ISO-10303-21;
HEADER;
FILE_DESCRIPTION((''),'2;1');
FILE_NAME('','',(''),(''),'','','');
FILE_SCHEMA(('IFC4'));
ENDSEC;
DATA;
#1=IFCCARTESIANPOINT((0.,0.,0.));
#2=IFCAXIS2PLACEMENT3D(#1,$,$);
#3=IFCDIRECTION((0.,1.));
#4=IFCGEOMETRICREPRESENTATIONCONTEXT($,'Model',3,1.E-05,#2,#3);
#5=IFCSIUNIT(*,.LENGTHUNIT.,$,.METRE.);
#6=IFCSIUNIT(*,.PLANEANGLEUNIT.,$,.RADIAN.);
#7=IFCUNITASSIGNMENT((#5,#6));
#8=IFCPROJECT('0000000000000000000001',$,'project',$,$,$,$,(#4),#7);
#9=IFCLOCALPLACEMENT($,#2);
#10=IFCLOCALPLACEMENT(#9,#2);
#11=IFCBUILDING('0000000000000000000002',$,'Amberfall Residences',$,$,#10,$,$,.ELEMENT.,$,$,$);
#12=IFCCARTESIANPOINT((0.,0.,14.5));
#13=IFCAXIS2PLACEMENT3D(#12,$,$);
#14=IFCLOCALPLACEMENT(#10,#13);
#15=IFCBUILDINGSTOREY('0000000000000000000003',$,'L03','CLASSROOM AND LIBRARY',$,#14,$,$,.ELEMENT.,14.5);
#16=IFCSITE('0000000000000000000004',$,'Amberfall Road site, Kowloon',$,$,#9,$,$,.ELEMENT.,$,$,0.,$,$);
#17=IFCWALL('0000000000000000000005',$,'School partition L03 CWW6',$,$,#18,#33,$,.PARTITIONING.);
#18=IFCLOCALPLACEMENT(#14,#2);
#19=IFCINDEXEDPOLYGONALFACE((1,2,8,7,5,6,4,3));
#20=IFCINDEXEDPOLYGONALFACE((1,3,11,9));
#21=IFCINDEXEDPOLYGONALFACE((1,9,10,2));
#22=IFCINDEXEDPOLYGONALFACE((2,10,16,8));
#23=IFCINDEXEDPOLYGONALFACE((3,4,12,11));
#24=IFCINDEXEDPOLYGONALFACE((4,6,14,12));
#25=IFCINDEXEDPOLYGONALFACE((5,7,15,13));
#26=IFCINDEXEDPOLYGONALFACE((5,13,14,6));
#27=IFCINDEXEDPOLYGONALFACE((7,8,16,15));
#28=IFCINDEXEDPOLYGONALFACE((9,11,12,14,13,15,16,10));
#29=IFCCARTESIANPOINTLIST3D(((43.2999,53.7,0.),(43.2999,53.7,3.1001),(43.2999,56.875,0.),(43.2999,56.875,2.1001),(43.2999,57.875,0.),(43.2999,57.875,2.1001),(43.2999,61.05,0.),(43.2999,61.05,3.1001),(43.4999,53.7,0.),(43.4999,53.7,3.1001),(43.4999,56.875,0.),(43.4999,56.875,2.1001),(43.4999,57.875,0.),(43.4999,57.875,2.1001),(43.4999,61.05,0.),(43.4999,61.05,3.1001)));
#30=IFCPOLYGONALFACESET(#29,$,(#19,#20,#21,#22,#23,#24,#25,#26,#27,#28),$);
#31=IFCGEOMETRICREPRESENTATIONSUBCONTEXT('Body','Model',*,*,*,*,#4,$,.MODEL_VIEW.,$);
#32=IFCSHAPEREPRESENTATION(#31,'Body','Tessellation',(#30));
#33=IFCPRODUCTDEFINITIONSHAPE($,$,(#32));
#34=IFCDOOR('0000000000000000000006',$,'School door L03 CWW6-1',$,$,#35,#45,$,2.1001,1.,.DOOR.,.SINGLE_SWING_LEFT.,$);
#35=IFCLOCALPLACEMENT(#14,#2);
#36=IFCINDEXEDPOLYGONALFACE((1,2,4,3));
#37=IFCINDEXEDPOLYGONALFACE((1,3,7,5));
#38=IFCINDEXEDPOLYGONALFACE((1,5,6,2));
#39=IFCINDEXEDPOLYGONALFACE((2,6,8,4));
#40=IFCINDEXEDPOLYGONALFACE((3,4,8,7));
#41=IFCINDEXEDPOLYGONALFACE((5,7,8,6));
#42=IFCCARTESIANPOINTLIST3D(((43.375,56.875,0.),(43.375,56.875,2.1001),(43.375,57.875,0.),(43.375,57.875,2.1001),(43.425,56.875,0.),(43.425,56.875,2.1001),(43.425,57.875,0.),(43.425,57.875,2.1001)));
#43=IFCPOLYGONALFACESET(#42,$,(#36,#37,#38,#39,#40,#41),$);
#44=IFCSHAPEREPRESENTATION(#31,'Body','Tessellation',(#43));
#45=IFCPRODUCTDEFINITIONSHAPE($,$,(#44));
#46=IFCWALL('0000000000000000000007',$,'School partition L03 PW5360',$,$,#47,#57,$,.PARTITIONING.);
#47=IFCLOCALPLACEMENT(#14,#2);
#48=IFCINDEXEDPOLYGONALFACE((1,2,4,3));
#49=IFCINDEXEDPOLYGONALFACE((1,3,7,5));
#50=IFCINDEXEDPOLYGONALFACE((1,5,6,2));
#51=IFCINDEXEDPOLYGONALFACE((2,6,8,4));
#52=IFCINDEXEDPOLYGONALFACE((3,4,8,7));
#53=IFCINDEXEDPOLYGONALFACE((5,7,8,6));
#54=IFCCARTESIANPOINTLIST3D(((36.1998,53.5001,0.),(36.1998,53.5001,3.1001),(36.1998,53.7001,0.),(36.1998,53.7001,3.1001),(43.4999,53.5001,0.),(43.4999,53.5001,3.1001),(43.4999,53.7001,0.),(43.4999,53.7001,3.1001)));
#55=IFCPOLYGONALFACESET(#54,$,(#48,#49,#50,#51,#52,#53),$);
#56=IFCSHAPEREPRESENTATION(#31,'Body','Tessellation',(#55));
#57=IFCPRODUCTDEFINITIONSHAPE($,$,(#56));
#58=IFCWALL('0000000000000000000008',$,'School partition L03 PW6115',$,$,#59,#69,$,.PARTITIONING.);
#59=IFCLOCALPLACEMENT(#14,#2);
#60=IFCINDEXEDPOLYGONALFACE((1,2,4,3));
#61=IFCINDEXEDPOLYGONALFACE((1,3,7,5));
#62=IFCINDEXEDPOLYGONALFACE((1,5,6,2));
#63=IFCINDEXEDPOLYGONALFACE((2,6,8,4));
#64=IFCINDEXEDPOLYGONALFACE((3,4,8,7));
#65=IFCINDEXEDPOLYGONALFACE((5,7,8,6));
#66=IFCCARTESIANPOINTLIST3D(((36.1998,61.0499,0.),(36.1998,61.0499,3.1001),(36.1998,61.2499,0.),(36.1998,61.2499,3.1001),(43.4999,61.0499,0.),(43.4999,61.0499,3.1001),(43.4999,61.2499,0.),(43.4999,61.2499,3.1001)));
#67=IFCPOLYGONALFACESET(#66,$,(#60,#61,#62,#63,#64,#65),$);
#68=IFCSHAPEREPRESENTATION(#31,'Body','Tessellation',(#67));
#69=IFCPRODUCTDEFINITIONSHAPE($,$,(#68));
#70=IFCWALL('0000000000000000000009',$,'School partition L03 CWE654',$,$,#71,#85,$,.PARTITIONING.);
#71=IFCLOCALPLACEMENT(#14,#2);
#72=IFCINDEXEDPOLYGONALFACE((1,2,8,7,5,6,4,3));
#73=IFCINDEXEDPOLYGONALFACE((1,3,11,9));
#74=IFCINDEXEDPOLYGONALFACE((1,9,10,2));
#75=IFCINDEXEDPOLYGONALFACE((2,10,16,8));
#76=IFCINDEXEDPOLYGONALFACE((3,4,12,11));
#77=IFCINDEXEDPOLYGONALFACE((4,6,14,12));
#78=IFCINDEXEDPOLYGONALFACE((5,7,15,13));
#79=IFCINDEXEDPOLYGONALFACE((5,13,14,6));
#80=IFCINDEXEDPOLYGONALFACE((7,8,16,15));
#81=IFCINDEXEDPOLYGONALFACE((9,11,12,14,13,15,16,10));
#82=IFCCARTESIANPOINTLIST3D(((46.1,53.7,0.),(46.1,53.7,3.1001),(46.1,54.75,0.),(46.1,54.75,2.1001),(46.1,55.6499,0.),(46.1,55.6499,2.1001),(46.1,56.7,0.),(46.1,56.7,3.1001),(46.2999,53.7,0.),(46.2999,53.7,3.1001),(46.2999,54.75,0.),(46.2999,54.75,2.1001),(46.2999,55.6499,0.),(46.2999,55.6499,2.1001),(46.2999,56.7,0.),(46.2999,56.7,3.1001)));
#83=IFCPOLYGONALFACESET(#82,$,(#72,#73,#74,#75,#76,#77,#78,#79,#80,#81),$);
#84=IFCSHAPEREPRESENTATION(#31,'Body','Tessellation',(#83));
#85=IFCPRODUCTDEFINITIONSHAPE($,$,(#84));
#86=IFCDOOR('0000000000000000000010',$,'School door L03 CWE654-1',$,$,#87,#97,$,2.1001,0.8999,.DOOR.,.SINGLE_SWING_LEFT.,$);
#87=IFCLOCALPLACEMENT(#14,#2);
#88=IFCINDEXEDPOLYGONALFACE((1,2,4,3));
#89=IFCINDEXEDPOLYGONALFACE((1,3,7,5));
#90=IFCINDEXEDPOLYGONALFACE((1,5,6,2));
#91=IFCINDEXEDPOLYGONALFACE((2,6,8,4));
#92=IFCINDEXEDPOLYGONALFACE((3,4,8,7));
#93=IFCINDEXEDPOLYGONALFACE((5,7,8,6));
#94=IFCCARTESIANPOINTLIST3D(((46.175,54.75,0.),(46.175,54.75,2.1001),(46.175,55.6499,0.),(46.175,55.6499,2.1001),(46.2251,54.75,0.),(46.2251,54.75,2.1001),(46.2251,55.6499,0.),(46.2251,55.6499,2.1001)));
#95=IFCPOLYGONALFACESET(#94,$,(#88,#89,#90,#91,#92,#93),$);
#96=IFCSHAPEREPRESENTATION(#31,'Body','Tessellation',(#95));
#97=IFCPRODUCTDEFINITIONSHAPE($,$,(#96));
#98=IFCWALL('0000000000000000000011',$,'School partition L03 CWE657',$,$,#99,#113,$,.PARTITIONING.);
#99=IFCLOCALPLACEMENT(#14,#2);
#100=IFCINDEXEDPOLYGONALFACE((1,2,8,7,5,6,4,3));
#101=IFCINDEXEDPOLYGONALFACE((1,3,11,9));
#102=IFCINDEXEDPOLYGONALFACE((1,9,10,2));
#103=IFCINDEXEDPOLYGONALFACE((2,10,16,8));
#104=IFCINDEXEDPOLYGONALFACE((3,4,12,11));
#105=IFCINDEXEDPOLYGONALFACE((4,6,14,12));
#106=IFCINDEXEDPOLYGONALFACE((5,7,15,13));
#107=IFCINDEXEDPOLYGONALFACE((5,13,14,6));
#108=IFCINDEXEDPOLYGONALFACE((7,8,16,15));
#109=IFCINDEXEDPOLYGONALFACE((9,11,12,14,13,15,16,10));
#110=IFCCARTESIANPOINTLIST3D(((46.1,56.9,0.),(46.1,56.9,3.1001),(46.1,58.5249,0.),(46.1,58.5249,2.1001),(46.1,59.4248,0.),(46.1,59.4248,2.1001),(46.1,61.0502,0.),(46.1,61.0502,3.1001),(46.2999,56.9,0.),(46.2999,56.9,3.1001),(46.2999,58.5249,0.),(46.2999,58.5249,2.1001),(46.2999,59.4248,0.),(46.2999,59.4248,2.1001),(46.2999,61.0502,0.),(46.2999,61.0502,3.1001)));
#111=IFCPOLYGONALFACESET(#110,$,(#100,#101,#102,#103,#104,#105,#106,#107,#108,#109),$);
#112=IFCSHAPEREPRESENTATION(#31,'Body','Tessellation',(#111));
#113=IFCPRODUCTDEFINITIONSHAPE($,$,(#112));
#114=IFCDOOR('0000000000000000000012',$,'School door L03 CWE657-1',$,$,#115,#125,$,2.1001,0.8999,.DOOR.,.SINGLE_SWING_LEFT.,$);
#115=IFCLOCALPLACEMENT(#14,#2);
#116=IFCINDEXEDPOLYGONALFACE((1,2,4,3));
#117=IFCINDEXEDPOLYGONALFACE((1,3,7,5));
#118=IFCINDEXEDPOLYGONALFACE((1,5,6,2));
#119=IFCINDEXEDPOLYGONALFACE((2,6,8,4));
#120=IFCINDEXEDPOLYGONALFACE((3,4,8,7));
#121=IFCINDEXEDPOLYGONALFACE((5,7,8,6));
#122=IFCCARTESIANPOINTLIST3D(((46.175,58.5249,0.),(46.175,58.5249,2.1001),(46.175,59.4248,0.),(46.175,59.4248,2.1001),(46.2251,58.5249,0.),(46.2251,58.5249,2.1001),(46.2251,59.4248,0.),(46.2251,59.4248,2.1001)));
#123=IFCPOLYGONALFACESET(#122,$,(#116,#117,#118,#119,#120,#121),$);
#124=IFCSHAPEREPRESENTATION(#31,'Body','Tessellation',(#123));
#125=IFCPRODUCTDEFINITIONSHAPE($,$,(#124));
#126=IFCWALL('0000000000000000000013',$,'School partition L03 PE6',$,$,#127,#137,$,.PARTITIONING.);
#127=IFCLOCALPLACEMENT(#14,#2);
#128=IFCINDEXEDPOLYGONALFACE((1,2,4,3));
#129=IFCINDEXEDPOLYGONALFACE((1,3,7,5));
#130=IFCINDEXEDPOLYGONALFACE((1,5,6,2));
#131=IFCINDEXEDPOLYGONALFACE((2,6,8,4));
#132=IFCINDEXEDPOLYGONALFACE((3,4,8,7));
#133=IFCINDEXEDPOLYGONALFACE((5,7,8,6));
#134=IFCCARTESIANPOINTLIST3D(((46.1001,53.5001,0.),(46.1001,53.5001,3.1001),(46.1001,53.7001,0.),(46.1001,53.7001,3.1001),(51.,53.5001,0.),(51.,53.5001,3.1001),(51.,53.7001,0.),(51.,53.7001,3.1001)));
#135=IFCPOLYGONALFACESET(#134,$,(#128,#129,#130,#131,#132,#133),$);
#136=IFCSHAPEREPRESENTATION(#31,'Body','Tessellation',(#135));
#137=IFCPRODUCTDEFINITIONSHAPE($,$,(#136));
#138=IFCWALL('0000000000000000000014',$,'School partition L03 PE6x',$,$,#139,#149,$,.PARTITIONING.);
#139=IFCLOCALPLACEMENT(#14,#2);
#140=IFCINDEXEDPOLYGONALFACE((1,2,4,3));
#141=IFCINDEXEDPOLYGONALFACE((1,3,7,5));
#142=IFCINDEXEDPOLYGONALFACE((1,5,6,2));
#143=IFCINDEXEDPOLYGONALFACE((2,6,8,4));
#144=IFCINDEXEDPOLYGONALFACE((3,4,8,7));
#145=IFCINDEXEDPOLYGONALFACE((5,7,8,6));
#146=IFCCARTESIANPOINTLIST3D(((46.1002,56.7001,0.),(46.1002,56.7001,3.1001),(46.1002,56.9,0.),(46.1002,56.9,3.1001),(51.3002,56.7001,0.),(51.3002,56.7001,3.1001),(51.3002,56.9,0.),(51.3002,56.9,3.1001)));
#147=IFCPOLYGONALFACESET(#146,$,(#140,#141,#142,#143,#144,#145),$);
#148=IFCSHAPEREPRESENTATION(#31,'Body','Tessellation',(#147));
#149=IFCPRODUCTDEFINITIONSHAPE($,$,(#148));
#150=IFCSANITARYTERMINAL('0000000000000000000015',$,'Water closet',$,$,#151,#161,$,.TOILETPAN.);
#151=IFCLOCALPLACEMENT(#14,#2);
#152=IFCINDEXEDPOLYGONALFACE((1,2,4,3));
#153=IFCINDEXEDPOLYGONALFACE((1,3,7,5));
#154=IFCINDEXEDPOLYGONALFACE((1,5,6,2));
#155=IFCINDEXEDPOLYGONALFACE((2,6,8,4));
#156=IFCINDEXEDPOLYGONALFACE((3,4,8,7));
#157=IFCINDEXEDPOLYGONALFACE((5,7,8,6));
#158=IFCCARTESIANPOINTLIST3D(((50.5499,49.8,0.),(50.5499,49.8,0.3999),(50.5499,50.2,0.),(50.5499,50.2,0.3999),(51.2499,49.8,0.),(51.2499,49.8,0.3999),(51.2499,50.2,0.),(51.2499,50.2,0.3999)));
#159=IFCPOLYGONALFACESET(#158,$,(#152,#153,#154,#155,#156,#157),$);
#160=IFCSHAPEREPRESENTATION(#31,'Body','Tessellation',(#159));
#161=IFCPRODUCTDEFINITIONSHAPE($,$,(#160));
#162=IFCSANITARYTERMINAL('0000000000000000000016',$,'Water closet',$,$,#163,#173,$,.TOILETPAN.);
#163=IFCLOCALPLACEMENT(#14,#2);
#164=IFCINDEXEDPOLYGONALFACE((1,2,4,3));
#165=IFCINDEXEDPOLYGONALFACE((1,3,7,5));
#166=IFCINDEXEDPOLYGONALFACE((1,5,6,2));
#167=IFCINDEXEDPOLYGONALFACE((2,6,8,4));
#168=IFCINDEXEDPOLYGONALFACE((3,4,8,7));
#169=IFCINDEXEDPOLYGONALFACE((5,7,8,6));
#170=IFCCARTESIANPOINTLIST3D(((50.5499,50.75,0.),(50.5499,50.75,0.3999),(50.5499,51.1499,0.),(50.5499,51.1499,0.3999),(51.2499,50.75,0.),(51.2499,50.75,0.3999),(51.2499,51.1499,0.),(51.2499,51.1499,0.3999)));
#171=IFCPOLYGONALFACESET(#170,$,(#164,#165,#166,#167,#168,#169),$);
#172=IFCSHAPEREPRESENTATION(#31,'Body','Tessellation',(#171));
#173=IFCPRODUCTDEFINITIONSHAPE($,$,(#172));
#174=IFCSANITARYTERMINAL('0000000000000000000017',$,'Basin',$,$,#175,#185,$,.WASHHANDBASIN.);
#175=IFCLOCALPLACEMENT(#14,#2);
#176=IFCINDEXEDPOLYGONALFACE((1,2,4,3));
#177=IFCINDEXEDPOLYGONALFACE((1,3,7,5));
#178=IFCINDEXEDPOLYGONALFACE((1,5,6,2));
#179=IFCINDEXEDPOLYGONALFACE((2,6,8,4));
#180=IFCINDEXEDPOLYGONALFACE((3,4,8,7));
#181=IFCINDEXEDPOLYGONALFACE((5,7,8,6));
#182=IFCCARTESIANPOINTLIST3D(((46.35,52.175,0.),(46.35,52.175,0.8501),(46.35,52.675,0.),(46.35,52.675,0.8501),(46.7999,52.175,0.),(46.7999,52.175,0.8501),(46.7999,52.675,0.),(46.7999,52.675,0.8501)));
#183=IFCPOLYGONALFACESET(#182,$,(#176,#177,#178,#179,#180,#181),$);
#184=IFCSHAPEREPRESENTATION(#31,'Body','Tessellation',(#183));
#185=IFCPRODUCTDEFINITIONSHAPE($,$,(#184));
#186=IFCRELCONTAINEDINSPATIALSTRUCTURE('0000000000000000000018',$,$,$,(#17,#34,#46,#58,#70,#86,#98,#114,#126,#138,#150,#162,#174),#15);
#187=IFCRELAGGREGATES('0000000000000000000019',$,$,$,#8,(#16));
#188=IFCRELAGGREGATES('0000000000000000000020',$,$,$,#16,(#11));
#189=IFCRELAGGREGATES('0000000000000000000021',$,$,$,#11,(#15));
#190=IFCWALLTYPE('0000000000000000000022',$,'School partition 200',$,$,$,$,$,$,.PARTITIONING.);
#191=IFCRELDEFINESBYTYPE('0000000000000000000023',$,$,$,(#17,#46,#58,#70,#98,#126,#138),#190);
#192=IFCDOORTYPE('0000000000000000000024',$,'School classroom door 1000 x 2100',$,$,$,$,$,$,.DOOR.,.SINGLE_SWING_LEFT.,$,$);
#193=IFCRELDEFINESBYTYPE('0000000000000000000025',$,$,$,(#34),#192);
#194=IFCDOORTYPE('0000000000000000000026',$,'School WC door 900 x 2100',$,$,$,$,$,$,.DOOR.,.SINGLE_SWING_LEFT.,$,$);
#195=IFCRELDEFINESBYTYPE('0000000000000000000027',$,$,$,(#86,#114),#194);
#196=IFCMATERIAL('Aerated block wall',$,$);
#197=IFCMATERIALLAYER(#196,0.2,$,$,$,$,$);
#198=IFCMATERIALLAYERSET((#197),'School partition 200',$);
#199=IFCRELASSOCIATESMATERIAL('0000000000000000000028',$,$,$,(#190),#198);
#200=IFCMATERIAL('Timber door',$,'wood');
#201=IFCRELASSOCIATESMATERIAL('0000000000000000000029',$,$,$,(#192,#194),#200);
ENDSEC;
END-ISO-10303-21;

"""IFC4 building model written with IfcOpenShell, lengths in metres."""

from ifc_helpers import new_model, si_unit, direction, frame, frame_2d, origin, origin_2d, place, context, subcontext, project, spatial, rectangle, extrude, material, layer, layer_set, type_object, element, fill, save


model = new_model("IFC4")

# Units and contexts
model_context = context("Model", 3, precision=1e-05, world=origin(), true_north=direction((0.0, 1.0)))
body_context = subcontext(model_context, "Body", "Model", "MODEL_VIEW")
ifc_project = project(units=[si_unit("LENGTHUNIT", "METRE"), si_unit("PLANEANGLEUNIT", "RADIAN")], contexts=[model_context])

# Site, building, storey
site_placement = place(None, origin())
site = spatial("IfcSite", under=ifc_project, at=site_placement, Name="Amberfall Road site, Kowloon", CompositionType="ELEMENT", RefElevation=0.0)
building_placement = place(site_placement, origin())
building = spatial("IfcBuilding", under=site, at=building_placement, Name="Amberfall Residences", CompositionType="ELEMENT")
storey_placement = place(building_placement, frame((0.0, 0.0, 14.5)))
storey = spatial("IfcBuildingStorey", under=building, at=storey_placement, Name="L03", Description="CLASSROOM AND LIBRARY", CompositionType="ELEMENT", Elevation=14.5)

# Shared definitions
ifc_material_1 = material(Name="Aerated block wall")

# Wall, opening, door
ifc_layer_1 = layer(ifc_material_1, 0.2)
ifc_layer_set_1 = layer_set([ifc_layer_1], Name="School partition 200")
wall_type_1 = type_object("IfcWallType", Name="School partition 200", PredefinedType="PARTITIONING", material=ifc_layer_set_1)
wall_1_placement = place(storey_placement, frame((43.3999, 53.7, 0.0), z_axis=(0.0, 0.0, 1.0), x_axis=(0.0, 1.0, 0.0)))
wall_1 = element("IfcWall", 1, at=wall_1_placement, inside=storey, type_object=wall_type_1, Name="School partition L03 CWW6", PredefinedType="PARTITIONING", context=body_context, shape_type="SweptSolid", body=[
    extrude(rectangle(XDim=7.3501, YDim=0.2, at=frame_2d((3.675, 0.0))), origin(), (0.0, 0.0, 1.0), 3.1001),
])
opening_1_placement = place(wall_1_placement, frame((3.175, 0.0, 0.0)))
opening_1 = element("IfcOpeningElement", 2, at=opening_1_placement, cuts=wall_1, PredefinedType="OPENING", context=body_context, shape_type="SweptSolid", body=[
    extrude(rectangle(XDim=1.0, YDim=2.1001, at=frame_2d((0.5, 1.05))), frame((0.0, 0.1099, 0.0), z_axis=(0.0, -1.0, 0.0), x_axis=(1.0, 0.0, 0.0)), (0.0, 0.0, 1.0), 0.22),
])
ifc_material_2 = material(Name="Timber door", Category="wood")
door_type_1 = type_object("IfcDoorType", Name="School classroom door 1000 x 2100", OperationType="SINGLE_SWING_LEFT", PredefinedType="DOOR", material=ifc_material_2)
door_1_placement = place(opening_1_placement, origin())
door_1 = element("IfcDoor", 3, at=door_1_placement, inside=storey, type_object=door_type_1, Name="School door L03 CWW6-1", OperationType="SINGLE_SWING_LEFT", OverallHeight=2.1001, OverallWidth=1.0, PredefinedType="DOOR", context=body_context, shape_type="SweptSolid", body=[
    extrude(rectangle(XDim=1.0, YDim=2.1001, at=frame_2d((0.5, 1.05))), frame((0.0, 0.0249, 0.0), z_axis=(0.0, -1.0, 0.0), x_axis=(1.0, 0.0, 0.0)), (0.0, 0.0, 1.0), 0.05),
])
fill(opening_1, door_1)

# Walls
for number, where, z_axis, x_axis, name in (
    (4, (36.2, 53.6001, 0.0), (0.0, 0.0, 1.0), (1.0, 0.0, 0.0), "School partition L03 PW5360"),
    (5, (36.2, 61.1499, 0.0), (0.0, 0.0, 1.0), (1.0, 0.0, 0.0), "School partition L03 PW6115"),
):
    element("IfcWall", number, at=place(storey_placement, frame(where, z_axis=z_axis, x_axis=x_axis)), inside=storey, type_object=wall_type_1, Name=name, PredefinedType="PARTITIONING", context=body_context, shape_type="SweptSolid", body=[
        extrude(rectangle(XDim=7.3, YDim=0.2, at=frame_2d((3.6499, 0.0))), origin(), (0.0, 0.0, 1.0), 3.1001),
    ])

# Walls, openings, doors
wall_2_placement = place(storey_placement, frame((46.2, 53.7, 0.0), z_axis=(0.0, 0.0, 1.0), x_axis=(0.0, 1.0, 0.0)))
wall_2 = element("IfcWall", 6, at=wall_2_placement, inside=storey, type_object=wall_type_1, Name="School partition L03 CWE654", PredefinedType="PARTITIONING", context=body_context, shape_type="SweptSolid", body=[
    extrude(rectangle(XDim=3.0, YDim=0.2, at=frame_2d((1.5, 0.0))), origin(), (0.0, 0.0, 1.0), 3.1001),
])
opening_2_placement = place(wall_2_placement, frame((1.05, 0.0, 0.0)))
opening_2 = element("IfcOpeningElement", 7, at=opening_2_placement, cuts=wall_2, PredefinedType="OPENING", context=body_context, shape_type="SweptSolid", body=[
    extrude(rectangle(XDim=0.8999, YDim=2.1001, at=frame_2d((0.45, 1.05))), frame((0.0, 0.1099, 0.0), z_axis=(0.0, -1.0, 0.0), x_axis=(1.0, 0.0, 0.0)), (0.0, 0.0, 1.0), 0.22),
])
door_type_2 = type_object("IfcDoorType", Name="School WC door 900 x 2100", OperationType="SINGLE_SWING_LEFT", PredefinedType="DOOR", material=ifc_material_2)
door_2_placement = place(opening_2_placement, origin())
door_2 = element("IfcDoor", 8, at=door_2_placement, inside=storey, type_object=door_type_2, Name="School door L03 CWE654-1", OperationType="SINGLE_SWING_LEFT", OverallHeight=2.1001, OverallWidth=0.8999, PredefinedType="DOOR", context=body_context, shape_type="SweptSolid", body=[
    extrude(rectangle(XDim=0.8999, YDim=2.1001, at=frame_2d((0.45, 1.05))), frame((0.0, 0.0249, 0.0), z_axis=(0.0, -1.0, 0.0), x_axis=(1.0, 0.0, 0.0)), (0.0, 0.0, 1.0), 0.05),
])
fill(opening_2, door_2)
wall_3_placement = place(storey_placement, frame((46.2, 56.8999, 0.0), z_axis=(0.0, 0.0, 1.0), x_axis=(0.0, 1.0, 0.0)))
wall_3 = element("IfcWall", 9, at=wall_3_placement, inside=storey, type_object=wall_type_1, Name="School partition L03 CWE657", PredefinedType="PARTITIONING", context=body_context, shape_type="SweptSolid", body=[
    extrude(rectangle(XDim=4.1501, YDim=0.2, at=frame_2d((2.0752, 0.0))), origin(), (0.0, 0.0, 1.0), 3.1001),
])
opening_3_placement = place(wall_3_placement, frame((1.625, 0.0, 0.0)))
opening_3 = element("IfcOpeningElement", 10, at=opening_3_placement, cuts=wall_3, PredefinedType="OPENING", context=body_context, shape_type="SweptSolid", body=[
    extrude(rectangle(XDim=0.8999, YDim=2.1001, at=frame_2d((0.45, 1.05))), frame((0.0, 0.1099, 0.0), z_axis=(0.0, -1.0, 0.0), x_axis=(1.0, 0.0, 0.0)), (0.0, 0.0, 1.0), 0.22),
])
door_3_placement = place(opening_3_placement, origin())
door_3 = element("IfcDoor", 11, at=door_3_placement, inside=storey, type_object=door_type_2, Name="School door L03 CWE657-1", OperationType="SINGLE_SWING_LEFT", OverallHeight=2.1001, OverallWidth=0.8999, PredefinedType="DOOR", context=body_context, shape_type="SweptSolid", body=[
    extrude(rectangle(XDim=0.8999, YDim=2.1001, at=frame_2d((0.45, 1.05))), frame((0.0, 0.0249, 0.0), z_axis=(0.0, -1.0, 0.0), x_axis=(1.0, 0.0, 0.0)), (0.0, 0.0, 1.0), 0.05),
])
fill(opening_3, door_3)

# Walls
wall_4_placement = place(storey_placement, frame((46.1001, 53.6001, 0.0), z_axis=(0.0, 0.0, 1.0), x_axis=(1.0, 0.0, 0.0)))
element("IfcWall", 12, at=wall_4_placement, inside=storey, type_object=wall_type_1, Name="School partition L03 PE6", PredefinedType="PARTITIONING", context=body_context, shape_type="SweptSolid", body=[
    extrude(rectangle(XDim=4.8999, YDim=0.2, at=frame_2d((2.45, 0.0))), origin(), (0.0, 0.0, 1.0), 3.1001),
])
wall_5_placement = place(storey_placement, frame((46.1001, 56.8, 0.0), z_axis=(0.0, 0.0, 1.0), x_axis=(1.0, 0.0, 0.0)))
element("IfcWall", 13, at=wall_5_placement, inside=storey, type_object=wall_type_1, Name="School partition L03 PE6x", PredefinedType="PARTITIONING", context=body_context, shape_type="SweptSolid", body=[
    extrude(rectangle(XDim=5.2, YDim=0.2, at=frame_2d((2.6001, 0.0))), origin(), (0.0, 0.0, 1.0), 3.1001),
])

# Sanitary terminals
for number, where, z_axis, x_axis, name in (
    (14, (50.8999, 50.0, 0.0), (0.0, 0.0, 1.0), (1.0, 0.0, 0.0), "Water closet"),
    (15, (50.8999, 50.95, 0.0), (0.0, 0.0, 1.0), (1.0, 0.0, 0.0), "Water closet"),
):
    element("IfcSanitaryTerminal", number, at=place(storey_placement, frame(where, z_axis=z_axis, x_axis=x_axis)), inside=storey, Name=name, PredefinedType="TOILETPAN", context=body_context, shape_type="SweptSolid", body=[
        extrude(rectangle(XDim=0.7, YDim=0.3999, at=origin_2d()), origin(), (0.0, 0.0, 1.0), 0.3999),
    ])
sanitary_terminal_1_placement = place(storey_placement, frame((46.575, 52.425, 0.0), z_axis=(0.0, 0.0, 1.0), x_axis=(1.0, 0.0, 0.0)))
element("IfcSanitaryTerminal", 16, at=sanitary_terminal_1_placement, inside=storey, Name="Basin", PredefinedType="WASHHANDBASIN", context=body_context, shape_type="SweptSolid", body=[
    extrude(rectangle(XDim=0.45, YDim=0.5, at=origin_2d()), origin(), (0.0, 0.0, 1.0), 0.8501),
])

save(model, "model.ifc")
